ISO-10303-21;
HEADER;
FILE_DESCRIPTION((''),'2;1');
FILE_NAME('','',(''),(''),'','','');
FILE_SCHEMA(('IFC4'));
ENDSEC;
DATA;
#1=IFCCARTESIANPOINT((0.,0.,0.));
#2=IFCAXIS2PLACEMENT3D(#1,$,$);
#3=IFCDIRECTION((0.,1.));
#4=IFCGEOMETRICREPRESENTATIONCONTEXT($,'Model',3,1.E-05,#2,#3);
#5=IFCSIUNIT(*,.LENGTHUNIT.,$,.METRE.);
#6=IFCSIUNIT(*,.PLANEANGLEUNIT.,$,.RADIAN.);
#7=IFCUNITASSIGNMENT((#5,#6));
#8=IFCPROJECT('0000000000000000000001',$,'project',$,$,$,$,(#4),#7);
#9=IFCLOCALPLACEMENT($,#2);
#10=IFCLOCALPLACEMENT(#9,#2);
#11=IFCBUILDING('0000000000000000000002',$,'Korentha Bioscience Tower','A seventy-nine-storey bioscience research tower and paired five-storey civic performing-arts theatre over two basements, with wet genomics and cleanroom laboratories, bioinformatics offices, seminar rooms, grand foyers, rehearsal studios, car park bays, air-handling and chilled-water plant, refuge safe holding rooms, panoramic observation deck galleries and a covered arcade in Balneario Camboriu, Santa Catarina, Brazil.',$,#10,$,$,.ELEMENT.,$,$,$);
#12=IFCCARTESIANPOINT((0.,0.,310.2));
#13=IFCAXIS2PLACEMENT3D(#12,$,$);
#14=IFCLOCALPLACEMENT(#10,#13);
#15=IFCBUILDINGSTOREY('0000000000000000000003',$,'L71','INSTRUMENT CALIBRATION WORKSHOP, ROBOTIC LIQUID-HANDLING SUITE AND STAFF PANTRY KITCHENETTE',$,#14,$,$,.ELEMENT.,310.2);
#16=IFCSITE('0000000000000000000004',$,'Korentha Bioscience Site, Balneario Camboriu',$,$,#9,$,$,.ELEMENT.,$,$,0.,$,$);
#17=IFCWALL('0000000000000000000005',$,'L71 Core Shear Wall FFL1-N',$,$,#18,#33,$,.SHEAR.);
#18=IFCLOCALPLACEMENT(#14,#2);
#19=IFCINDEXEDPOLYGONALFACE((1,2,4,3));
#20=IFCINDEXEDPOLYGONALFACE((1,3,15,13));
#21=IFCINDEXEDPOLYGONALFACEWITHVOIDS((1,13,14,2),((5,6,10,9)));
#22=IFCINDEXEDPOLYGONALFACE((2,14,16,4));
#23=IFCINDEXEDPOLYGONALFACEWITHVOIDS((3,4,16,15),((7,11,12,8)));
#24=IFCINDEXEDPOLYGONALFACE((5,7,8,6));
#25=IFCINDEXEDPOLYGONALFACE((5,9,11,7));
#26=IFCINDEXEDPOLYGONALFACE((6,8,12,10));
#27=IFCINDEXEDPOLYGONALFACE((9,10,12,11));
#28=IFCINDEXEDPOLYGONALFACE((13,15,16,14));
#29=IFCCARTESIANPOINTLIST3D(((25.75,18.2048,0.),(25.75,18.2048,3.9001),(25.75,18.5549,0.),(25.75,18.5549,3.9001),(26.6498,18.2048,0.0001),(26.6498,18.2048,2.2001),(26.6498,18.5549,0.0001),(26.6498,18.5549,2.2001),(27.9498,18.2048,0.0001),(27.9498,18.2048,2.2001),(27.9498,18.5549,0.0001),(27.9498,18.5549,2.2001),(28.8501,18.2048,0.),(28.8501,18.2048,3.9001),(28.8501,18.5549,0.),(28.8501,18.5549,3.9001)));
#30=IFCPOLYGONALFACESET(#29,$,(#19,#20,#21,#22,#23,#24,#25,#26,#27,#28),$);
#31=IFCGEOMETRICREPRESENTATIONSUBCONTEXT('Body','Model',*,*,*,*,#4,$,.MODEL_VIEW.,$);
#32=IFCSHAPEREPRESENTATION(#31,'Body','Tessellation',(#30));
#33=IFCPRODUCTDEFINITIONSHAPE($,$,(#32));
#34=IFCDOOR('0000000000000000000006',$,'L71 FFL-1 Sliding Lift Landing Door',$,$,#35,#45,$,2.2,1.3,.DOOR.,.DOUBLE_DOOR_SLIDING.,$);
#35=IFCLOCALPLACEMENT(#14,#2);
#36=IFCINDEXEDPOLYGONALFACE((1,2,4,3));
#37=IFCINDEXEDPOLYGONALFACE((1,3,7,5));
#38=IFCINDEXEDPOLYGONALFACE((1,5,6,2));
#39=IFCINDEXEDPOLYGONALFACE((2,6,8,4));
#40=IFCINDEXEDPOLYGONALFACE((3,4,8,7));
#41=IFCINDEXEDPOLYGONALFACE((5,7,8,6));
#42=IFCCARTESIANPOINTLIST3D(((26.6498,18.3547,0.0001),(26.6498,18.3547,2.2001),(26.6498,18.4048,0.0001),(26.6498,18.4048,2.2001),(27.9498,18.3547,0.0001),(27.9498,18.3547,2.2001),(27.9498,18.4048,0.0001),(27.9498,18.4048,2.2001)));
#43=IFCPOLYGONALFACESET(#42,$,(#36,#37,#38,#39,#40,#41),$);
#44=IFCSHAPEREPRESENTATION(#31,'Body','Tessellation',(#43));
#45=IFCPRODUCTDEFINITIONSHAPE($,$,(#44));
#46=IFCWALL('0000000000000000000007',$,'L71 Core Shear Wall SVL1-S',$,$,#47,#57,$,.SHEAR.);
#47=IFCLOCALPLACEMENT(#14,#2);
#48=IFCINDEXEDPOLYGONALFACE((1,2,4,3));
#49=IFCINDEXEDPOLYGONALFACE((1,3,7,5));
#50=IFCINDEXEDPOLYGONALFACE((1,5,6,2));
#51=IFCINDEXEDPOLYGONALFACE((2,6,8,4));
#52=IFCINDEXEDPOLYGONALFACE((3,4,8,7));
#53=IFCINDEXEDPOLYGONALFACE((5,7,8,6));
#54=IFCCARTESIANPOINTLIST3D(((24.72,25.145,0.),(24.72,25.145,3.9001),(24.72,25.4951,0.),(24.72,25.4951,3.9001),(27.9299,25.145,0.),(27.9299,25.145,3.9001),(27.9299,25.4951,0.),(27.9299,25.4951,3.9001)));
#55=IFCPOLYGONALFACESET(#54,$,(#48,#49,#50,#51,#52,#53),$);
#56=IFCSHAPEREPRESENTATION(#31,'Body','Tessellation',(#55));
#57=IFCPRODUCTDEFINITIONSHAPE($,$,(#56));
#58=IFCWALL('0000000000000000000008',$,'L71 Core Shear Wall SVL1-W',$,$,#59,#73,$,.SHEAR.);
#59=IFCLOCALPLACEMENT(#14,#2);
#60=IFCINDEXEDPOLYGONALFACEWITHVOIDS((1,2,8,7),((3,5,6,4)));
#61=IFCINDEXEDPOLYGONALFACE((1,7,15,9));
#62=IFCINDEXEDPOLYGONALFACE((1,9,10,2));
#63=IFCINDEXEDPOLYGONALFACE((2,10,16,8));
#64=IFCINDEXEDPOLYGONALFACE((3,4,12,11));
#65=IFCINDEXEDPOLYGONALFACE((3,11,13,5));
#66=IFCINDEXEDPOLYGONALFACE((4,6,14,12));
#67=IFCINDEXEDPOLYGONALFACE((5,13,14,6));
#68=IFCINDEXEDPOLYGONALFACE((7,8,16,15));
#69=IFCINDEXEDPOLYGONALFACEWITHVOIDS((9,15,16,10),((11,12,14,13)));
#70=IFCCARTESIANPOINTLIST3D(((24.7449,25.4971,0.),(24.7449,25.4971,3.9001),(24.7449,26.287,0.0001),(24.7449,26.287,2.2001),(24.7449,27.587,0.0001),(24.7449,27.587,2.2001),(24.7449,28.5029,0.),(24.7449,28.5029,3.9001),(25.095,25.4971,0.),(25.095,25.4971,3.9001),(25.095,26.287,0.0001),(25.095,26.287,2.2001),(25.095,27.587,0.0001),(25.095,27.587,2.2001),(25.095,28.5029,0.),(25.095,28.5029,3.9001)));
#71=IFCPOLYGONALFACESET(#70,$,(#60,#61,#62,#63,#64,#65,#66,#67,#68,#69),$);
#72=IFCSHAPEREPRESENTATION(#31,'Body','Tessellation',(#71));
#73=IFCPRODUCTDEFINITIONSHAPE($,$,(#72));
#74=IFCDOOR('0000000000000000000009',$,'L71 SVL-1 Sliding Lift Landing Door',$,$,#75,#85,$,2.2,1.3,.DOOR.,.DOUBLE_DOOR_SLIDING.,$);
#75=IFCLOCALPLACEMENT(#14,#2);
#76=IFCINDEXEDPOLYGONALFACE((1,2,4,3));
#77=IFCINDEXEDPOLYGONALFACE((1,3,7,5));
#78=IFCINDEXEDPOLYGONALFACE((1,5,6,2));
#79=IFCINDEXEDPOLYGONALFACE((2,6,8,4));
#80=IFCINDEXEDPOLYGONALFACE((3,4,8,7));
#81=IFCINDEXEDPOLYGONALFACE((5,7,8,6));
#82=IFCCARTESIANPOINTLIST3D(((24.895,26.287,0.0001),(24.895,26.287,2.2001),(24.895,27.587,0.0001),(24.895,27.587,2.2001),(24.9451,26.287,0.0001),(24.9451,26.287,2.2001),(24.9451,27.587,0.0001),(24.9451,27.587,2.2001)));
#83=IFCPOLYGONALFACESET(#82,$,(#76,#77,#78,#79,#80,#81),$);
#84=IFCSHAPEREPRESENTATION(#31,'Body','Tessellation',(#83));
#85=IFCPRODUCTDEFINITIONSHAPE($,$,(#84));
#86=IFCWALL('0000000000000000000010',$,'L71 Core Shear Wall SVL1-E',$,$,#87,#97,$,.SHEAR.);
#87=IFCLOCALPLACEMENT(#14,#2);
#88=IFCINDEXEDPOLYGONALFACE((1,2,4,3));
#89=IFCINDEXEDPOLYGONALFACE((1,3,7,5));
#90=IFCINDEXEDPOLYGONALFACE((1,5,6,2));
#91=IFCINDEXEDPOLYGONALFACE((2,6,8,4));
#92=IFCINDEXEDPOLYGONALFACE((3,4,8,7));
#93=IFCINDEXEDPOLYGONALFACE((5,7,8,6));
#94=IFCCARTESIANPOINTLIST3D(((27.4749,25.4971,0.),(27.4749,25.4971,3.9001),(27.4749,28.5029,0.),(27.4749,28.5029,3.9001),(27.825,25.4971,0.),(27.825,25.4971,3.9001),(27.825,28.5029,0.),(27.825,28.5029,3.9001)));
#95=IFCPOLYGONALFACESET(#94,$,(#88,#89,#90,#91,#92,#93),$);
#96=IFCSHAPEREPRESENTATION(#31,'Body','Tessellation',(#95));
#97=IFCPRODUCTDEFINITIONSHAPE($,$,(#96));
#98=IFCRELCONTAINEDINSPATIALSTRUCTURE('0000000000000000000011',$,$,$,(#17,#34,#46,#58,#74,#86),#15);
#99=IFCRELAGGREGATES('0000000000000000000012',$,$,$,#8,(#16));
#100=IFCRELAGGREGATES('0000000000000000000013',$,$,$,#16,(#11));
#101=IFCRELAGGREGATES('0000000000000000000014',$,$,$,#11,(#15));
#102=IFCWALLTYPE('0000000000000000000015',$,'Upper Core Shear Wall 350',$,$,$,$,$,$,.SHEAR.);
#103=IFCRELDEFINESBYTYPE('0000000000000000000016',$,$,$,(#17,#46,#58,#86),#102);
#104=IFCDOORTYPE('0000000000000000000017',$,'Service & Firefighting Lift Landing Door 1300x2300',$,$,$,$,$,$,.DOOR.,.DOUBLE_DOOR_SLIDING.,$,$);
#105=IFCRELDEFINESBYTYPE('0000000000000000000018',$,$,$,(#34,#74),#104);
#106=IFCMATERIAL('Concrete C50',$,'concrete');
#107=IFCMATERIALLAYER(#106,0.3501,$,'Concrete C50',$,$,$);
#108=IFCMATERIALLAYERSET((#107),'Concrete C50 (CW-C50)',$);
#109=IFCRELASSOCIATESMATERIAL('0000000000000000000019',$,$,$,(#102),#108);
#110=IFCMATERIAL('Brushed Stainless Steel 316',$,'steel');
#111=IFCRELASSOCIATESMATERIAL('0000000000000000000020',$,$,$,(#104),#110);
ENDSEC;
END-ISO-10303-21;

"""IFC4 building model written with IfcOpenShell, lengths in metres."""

from ifc_helpers import new_model, si_unit, direction, frame, frame_2d, origin, place, context, subcontext, project, spatial, rectangle, extrude, material, layer, layer_set, type_object, element, fill, save


model = new_model("IFC4")

# Units and contexts
model_context = context("Model", 3, precision=1e-05, world=origin(), true_north=direction((0.0, 1.0)))
body_context = subcontext(model_context, "Body", "Model", "MODEL_VIEW")
ifc_project = project(units=[si_unit("LENGTHUNIT", "METRE"), si_unit("PLANEANGLEUNIT", "RADIAN")], contexts=[model_context])

# Site, building, storey
site_placement = place(None, origin())
site = spatial("IfcSite", under=ifc_project, at=site_placement, Name="Korentha Bioscience Site, Balneario Camboriu", CompositionType="ELEMENT", RefElevation=0.0)
building_placement = place(site_placement, origin())
building = spatial("IfcBuilding", under=site, at=building_placement, Name="Korentha Bioscience Tower", Description="A seventy-nine-storey bioscience research tower and paired five-storey civic performing-arts theatre over two basements, with wet genomics and cleanroom laboratories, bioinformatics offices, seminar rooms, grand foyers, rehearsal studios, car park bays, air-handling and chilled-water plant, refuge safe holding rooms, panoramic observation deck galleries and a covered arcade in Balneario Camboriu, Santa Catarina, Brazil.", CompositionType="ELEMENT")
storey_placement = place(building_placement, frame((0.0, 0.0, 310.2)))
storey = spatial("IfcBuildingStorey", under=building, at=storey_placement, Name="L71", Description="INSTRUMENT CALIBRATION WORKSHOP, ROBOTIC LIQUID-HANDLING SUITE AND STAFF PANTRY KITCHENETTE", CompositionType="ELEMENT", Elevation=310.2)

# Shared definitions
ifc_material_1 = material(Name="Concrete C50", Category="concrete")
ifc_layer_1 = layer(ifc_material_1, 0.3501, Name="Concrete C50")
ifc_layer_set_1 = layer_set([ifc_layer_1], Name="Concrete C50 (CW-C50)")
wall_type_1 = type_object("IfcWallType", Name="Upper Core Shear Wall 350", PredefinedType="SHEAR", material=ifc_layer_set_1)

# Wall, opening, door
wall_1_placement = place(storey_placement, frame((25.75, 18.3799, 0.0), z_axis=(0.0, 0.0, 1.0), x_axis=(1.0, 0.0, 0.0)))
wall_1 = element("IfcWall", 1, at=wall_1_placement, inside=storey, type_object=wall_type_1, Name="L71 Core Shear Wall FFL1-N", PredefinedType="SHEAR", context=body_context, shape_type="SweptSolid", body=[
    extrude(rectangle(XDim=3.1001, YDim=0.3501, at=frame_2d((1.55, 0.0))), origin(), (0.0, 0.0, 1.0), 3.9001),
])
opening_1_placement = place(wall_1_placement, frame((0.8999, 0.0, 0.0)))
opening_1 = element("IfcOpeningElement", 2, at=opening_1_placement, cuts=wall_1, PredefinedType="OPENING", context=body_context, shape_type="SweptSolid", body=[
    extrude(rectangle(XDim=1.3, YDim=2.2, at=frame_2d((0.6499, 1.1001))), frame((0.0, 0.1899, 0.0), z_axis=(0.0, -1.0, 0.0), x_axis=(1.0, 0.0, 0.0)), (0.0, 0.0, 1.0), 0.3799),
])
ifc_material_2 = material(Name="Brushed Stainless Steel 316", Category="steel")
door_type_1 = type_object("IfcDoorType", Name="Service & Firefighting Lift Landing Door 1300x2300", OperationType="DOUBLE_DOOR_SLIDING", PredefinedType="DOOR", material=ifc_material_2)
door_1_placement = place(opening_1_placement, origin())
door_1 = element("IfcDoor", 3, at=door_1_placement, inside=storey, type_object=door_type_1, Name="L71 FFL-1 Sliding Lift Landing Door", OperationType="DOUBLE_DOOR_SLIDING", OverallHeight=2.2, OverallWidth=1.3, PredefinedType="DOOR", context=body_context, shape_type="SweptSolid", body=[
    extrude(rectangle(XDim=1.3, YDim=2.2, at=frame_2d((0.6499, 1.1001))), frame((0.0, 0.0249, 0.0), z_axis=(0.0, -1.0, 0.0), x_axis=(1.0, 0.0, 0.0)), (0.0, 0.0, 1.0), 0.05),
])
fill(opening_1, door_1)

# Wall
wall_2_placement = place(storey_placement, frame((24.72, 25.3201, 0.0), z_axis=(0.0, 0.0, 1.0), x_axis=(1.0, 0.0, 0.0)))
element("IfcWall", 4, at=wall_2_placement, inside=storey, type_object=wall_type_1, Name="L71 Core Shear Wall SVL1-S", PredefinedType="SHEAR", context=body_context, shape_type="SweptSolid", body=[
    extrude(rectangle(XDim=3.21, YDim=0.3501, at=frame_2d((1.605, 0.0))), origin(), (0.0, 0.0, 1.0), 3.9001),
])

# Wall, opening, door
wall_3_placement = place(storey_placement, frame((24.9199, 25.4971, 0.0), z_axis=(0.0, 0.0, 1.0), x_axis=(0.0, 1.0, 0.0)))
wall_3 = element("IfcWall", 5, at=wall_3_placement, inside=storey, type_object=wall_type_1, Name="L71 Core Shear Wall SVL1-W", PredefinedType="SHEAR", context=body_context, shape_type="SweptSolid", body=[
    extrude(rectangle(XDim=3.0059, YDim=0.3501, at=frame_2d((1.5029, 0.0))), origin(), (0.0, 0.0, 1.0), 3.9001),
])
opening_2_placement = place(wall_3_placement, frame((0.79, 0.0, 0.0)))
opening_2 = element("IfcOpeningElement", 6, at=opening_2_placement, cuts=wall_3, PredefinedType="OPENING", context=body_context, shape_type="SweptSolid", body=[
    extrude(rectangle(XDim=1.3, YDim=2.2, at=frame_2d((0.6499, 1.1001))), frame((0.0, 0.1899, 0.0), z_axis=(0.0, -1.0, 0.0), x_axis=(1.0, 0.0, 0.0)), (0.0, 0.0, 1.0), 0.3799),
])
door_2_placement = place(opening_2_placement, origin())
door_2 = element("IfcDoor", 7, at=door_2_placement, inside=storey, type_object=door_type_1, Name="L71 SVL-1 Sliding Lift Landing Door", OperationType="DOUBLE_DOOR_SLIDING", OverallHeight=2.2, OverallWidth=1.3, PredefinedType="DOOR", context=body_context, shape_type="SweptSolid", body=[
    extrude(rectangle(XDim=1.3, YDim=2.2, at=frame_2d((0.6499, 1.1001))), frame((0.0, 0.0249, 0.0), z_axis=(0.0, -1.0, 0.0), x_axis=(1.0, 0.0, 0.0)), (0.0, 0.0, 1.0), 0.05),
])
fill(opening_2, door_2)

# Wall
wall_4_placement = place(storey_placement, frame((27.6499, 25.4971, 0.0), z_axis=(0.0, 0.0, 1.0), x_axis=(0.0, 1.0, 0.0)))
element("IfcWall", 8, at=wall_4_placement, inside=storey, type_object=wall_type_1, Name="L71 Core Shear Wall SVL1-E", PredefinedType="SHEAR", context=body_context, shape_type="SweptSolid", body=[
    extrude(rectangle(XDim=3.0059, YDim=0.3501, at=frame_2d((1.5029, 0.0))), origin(), (0.0, 0.0, 1.0), 3.9001),
])

save(model, "model.ifc")
